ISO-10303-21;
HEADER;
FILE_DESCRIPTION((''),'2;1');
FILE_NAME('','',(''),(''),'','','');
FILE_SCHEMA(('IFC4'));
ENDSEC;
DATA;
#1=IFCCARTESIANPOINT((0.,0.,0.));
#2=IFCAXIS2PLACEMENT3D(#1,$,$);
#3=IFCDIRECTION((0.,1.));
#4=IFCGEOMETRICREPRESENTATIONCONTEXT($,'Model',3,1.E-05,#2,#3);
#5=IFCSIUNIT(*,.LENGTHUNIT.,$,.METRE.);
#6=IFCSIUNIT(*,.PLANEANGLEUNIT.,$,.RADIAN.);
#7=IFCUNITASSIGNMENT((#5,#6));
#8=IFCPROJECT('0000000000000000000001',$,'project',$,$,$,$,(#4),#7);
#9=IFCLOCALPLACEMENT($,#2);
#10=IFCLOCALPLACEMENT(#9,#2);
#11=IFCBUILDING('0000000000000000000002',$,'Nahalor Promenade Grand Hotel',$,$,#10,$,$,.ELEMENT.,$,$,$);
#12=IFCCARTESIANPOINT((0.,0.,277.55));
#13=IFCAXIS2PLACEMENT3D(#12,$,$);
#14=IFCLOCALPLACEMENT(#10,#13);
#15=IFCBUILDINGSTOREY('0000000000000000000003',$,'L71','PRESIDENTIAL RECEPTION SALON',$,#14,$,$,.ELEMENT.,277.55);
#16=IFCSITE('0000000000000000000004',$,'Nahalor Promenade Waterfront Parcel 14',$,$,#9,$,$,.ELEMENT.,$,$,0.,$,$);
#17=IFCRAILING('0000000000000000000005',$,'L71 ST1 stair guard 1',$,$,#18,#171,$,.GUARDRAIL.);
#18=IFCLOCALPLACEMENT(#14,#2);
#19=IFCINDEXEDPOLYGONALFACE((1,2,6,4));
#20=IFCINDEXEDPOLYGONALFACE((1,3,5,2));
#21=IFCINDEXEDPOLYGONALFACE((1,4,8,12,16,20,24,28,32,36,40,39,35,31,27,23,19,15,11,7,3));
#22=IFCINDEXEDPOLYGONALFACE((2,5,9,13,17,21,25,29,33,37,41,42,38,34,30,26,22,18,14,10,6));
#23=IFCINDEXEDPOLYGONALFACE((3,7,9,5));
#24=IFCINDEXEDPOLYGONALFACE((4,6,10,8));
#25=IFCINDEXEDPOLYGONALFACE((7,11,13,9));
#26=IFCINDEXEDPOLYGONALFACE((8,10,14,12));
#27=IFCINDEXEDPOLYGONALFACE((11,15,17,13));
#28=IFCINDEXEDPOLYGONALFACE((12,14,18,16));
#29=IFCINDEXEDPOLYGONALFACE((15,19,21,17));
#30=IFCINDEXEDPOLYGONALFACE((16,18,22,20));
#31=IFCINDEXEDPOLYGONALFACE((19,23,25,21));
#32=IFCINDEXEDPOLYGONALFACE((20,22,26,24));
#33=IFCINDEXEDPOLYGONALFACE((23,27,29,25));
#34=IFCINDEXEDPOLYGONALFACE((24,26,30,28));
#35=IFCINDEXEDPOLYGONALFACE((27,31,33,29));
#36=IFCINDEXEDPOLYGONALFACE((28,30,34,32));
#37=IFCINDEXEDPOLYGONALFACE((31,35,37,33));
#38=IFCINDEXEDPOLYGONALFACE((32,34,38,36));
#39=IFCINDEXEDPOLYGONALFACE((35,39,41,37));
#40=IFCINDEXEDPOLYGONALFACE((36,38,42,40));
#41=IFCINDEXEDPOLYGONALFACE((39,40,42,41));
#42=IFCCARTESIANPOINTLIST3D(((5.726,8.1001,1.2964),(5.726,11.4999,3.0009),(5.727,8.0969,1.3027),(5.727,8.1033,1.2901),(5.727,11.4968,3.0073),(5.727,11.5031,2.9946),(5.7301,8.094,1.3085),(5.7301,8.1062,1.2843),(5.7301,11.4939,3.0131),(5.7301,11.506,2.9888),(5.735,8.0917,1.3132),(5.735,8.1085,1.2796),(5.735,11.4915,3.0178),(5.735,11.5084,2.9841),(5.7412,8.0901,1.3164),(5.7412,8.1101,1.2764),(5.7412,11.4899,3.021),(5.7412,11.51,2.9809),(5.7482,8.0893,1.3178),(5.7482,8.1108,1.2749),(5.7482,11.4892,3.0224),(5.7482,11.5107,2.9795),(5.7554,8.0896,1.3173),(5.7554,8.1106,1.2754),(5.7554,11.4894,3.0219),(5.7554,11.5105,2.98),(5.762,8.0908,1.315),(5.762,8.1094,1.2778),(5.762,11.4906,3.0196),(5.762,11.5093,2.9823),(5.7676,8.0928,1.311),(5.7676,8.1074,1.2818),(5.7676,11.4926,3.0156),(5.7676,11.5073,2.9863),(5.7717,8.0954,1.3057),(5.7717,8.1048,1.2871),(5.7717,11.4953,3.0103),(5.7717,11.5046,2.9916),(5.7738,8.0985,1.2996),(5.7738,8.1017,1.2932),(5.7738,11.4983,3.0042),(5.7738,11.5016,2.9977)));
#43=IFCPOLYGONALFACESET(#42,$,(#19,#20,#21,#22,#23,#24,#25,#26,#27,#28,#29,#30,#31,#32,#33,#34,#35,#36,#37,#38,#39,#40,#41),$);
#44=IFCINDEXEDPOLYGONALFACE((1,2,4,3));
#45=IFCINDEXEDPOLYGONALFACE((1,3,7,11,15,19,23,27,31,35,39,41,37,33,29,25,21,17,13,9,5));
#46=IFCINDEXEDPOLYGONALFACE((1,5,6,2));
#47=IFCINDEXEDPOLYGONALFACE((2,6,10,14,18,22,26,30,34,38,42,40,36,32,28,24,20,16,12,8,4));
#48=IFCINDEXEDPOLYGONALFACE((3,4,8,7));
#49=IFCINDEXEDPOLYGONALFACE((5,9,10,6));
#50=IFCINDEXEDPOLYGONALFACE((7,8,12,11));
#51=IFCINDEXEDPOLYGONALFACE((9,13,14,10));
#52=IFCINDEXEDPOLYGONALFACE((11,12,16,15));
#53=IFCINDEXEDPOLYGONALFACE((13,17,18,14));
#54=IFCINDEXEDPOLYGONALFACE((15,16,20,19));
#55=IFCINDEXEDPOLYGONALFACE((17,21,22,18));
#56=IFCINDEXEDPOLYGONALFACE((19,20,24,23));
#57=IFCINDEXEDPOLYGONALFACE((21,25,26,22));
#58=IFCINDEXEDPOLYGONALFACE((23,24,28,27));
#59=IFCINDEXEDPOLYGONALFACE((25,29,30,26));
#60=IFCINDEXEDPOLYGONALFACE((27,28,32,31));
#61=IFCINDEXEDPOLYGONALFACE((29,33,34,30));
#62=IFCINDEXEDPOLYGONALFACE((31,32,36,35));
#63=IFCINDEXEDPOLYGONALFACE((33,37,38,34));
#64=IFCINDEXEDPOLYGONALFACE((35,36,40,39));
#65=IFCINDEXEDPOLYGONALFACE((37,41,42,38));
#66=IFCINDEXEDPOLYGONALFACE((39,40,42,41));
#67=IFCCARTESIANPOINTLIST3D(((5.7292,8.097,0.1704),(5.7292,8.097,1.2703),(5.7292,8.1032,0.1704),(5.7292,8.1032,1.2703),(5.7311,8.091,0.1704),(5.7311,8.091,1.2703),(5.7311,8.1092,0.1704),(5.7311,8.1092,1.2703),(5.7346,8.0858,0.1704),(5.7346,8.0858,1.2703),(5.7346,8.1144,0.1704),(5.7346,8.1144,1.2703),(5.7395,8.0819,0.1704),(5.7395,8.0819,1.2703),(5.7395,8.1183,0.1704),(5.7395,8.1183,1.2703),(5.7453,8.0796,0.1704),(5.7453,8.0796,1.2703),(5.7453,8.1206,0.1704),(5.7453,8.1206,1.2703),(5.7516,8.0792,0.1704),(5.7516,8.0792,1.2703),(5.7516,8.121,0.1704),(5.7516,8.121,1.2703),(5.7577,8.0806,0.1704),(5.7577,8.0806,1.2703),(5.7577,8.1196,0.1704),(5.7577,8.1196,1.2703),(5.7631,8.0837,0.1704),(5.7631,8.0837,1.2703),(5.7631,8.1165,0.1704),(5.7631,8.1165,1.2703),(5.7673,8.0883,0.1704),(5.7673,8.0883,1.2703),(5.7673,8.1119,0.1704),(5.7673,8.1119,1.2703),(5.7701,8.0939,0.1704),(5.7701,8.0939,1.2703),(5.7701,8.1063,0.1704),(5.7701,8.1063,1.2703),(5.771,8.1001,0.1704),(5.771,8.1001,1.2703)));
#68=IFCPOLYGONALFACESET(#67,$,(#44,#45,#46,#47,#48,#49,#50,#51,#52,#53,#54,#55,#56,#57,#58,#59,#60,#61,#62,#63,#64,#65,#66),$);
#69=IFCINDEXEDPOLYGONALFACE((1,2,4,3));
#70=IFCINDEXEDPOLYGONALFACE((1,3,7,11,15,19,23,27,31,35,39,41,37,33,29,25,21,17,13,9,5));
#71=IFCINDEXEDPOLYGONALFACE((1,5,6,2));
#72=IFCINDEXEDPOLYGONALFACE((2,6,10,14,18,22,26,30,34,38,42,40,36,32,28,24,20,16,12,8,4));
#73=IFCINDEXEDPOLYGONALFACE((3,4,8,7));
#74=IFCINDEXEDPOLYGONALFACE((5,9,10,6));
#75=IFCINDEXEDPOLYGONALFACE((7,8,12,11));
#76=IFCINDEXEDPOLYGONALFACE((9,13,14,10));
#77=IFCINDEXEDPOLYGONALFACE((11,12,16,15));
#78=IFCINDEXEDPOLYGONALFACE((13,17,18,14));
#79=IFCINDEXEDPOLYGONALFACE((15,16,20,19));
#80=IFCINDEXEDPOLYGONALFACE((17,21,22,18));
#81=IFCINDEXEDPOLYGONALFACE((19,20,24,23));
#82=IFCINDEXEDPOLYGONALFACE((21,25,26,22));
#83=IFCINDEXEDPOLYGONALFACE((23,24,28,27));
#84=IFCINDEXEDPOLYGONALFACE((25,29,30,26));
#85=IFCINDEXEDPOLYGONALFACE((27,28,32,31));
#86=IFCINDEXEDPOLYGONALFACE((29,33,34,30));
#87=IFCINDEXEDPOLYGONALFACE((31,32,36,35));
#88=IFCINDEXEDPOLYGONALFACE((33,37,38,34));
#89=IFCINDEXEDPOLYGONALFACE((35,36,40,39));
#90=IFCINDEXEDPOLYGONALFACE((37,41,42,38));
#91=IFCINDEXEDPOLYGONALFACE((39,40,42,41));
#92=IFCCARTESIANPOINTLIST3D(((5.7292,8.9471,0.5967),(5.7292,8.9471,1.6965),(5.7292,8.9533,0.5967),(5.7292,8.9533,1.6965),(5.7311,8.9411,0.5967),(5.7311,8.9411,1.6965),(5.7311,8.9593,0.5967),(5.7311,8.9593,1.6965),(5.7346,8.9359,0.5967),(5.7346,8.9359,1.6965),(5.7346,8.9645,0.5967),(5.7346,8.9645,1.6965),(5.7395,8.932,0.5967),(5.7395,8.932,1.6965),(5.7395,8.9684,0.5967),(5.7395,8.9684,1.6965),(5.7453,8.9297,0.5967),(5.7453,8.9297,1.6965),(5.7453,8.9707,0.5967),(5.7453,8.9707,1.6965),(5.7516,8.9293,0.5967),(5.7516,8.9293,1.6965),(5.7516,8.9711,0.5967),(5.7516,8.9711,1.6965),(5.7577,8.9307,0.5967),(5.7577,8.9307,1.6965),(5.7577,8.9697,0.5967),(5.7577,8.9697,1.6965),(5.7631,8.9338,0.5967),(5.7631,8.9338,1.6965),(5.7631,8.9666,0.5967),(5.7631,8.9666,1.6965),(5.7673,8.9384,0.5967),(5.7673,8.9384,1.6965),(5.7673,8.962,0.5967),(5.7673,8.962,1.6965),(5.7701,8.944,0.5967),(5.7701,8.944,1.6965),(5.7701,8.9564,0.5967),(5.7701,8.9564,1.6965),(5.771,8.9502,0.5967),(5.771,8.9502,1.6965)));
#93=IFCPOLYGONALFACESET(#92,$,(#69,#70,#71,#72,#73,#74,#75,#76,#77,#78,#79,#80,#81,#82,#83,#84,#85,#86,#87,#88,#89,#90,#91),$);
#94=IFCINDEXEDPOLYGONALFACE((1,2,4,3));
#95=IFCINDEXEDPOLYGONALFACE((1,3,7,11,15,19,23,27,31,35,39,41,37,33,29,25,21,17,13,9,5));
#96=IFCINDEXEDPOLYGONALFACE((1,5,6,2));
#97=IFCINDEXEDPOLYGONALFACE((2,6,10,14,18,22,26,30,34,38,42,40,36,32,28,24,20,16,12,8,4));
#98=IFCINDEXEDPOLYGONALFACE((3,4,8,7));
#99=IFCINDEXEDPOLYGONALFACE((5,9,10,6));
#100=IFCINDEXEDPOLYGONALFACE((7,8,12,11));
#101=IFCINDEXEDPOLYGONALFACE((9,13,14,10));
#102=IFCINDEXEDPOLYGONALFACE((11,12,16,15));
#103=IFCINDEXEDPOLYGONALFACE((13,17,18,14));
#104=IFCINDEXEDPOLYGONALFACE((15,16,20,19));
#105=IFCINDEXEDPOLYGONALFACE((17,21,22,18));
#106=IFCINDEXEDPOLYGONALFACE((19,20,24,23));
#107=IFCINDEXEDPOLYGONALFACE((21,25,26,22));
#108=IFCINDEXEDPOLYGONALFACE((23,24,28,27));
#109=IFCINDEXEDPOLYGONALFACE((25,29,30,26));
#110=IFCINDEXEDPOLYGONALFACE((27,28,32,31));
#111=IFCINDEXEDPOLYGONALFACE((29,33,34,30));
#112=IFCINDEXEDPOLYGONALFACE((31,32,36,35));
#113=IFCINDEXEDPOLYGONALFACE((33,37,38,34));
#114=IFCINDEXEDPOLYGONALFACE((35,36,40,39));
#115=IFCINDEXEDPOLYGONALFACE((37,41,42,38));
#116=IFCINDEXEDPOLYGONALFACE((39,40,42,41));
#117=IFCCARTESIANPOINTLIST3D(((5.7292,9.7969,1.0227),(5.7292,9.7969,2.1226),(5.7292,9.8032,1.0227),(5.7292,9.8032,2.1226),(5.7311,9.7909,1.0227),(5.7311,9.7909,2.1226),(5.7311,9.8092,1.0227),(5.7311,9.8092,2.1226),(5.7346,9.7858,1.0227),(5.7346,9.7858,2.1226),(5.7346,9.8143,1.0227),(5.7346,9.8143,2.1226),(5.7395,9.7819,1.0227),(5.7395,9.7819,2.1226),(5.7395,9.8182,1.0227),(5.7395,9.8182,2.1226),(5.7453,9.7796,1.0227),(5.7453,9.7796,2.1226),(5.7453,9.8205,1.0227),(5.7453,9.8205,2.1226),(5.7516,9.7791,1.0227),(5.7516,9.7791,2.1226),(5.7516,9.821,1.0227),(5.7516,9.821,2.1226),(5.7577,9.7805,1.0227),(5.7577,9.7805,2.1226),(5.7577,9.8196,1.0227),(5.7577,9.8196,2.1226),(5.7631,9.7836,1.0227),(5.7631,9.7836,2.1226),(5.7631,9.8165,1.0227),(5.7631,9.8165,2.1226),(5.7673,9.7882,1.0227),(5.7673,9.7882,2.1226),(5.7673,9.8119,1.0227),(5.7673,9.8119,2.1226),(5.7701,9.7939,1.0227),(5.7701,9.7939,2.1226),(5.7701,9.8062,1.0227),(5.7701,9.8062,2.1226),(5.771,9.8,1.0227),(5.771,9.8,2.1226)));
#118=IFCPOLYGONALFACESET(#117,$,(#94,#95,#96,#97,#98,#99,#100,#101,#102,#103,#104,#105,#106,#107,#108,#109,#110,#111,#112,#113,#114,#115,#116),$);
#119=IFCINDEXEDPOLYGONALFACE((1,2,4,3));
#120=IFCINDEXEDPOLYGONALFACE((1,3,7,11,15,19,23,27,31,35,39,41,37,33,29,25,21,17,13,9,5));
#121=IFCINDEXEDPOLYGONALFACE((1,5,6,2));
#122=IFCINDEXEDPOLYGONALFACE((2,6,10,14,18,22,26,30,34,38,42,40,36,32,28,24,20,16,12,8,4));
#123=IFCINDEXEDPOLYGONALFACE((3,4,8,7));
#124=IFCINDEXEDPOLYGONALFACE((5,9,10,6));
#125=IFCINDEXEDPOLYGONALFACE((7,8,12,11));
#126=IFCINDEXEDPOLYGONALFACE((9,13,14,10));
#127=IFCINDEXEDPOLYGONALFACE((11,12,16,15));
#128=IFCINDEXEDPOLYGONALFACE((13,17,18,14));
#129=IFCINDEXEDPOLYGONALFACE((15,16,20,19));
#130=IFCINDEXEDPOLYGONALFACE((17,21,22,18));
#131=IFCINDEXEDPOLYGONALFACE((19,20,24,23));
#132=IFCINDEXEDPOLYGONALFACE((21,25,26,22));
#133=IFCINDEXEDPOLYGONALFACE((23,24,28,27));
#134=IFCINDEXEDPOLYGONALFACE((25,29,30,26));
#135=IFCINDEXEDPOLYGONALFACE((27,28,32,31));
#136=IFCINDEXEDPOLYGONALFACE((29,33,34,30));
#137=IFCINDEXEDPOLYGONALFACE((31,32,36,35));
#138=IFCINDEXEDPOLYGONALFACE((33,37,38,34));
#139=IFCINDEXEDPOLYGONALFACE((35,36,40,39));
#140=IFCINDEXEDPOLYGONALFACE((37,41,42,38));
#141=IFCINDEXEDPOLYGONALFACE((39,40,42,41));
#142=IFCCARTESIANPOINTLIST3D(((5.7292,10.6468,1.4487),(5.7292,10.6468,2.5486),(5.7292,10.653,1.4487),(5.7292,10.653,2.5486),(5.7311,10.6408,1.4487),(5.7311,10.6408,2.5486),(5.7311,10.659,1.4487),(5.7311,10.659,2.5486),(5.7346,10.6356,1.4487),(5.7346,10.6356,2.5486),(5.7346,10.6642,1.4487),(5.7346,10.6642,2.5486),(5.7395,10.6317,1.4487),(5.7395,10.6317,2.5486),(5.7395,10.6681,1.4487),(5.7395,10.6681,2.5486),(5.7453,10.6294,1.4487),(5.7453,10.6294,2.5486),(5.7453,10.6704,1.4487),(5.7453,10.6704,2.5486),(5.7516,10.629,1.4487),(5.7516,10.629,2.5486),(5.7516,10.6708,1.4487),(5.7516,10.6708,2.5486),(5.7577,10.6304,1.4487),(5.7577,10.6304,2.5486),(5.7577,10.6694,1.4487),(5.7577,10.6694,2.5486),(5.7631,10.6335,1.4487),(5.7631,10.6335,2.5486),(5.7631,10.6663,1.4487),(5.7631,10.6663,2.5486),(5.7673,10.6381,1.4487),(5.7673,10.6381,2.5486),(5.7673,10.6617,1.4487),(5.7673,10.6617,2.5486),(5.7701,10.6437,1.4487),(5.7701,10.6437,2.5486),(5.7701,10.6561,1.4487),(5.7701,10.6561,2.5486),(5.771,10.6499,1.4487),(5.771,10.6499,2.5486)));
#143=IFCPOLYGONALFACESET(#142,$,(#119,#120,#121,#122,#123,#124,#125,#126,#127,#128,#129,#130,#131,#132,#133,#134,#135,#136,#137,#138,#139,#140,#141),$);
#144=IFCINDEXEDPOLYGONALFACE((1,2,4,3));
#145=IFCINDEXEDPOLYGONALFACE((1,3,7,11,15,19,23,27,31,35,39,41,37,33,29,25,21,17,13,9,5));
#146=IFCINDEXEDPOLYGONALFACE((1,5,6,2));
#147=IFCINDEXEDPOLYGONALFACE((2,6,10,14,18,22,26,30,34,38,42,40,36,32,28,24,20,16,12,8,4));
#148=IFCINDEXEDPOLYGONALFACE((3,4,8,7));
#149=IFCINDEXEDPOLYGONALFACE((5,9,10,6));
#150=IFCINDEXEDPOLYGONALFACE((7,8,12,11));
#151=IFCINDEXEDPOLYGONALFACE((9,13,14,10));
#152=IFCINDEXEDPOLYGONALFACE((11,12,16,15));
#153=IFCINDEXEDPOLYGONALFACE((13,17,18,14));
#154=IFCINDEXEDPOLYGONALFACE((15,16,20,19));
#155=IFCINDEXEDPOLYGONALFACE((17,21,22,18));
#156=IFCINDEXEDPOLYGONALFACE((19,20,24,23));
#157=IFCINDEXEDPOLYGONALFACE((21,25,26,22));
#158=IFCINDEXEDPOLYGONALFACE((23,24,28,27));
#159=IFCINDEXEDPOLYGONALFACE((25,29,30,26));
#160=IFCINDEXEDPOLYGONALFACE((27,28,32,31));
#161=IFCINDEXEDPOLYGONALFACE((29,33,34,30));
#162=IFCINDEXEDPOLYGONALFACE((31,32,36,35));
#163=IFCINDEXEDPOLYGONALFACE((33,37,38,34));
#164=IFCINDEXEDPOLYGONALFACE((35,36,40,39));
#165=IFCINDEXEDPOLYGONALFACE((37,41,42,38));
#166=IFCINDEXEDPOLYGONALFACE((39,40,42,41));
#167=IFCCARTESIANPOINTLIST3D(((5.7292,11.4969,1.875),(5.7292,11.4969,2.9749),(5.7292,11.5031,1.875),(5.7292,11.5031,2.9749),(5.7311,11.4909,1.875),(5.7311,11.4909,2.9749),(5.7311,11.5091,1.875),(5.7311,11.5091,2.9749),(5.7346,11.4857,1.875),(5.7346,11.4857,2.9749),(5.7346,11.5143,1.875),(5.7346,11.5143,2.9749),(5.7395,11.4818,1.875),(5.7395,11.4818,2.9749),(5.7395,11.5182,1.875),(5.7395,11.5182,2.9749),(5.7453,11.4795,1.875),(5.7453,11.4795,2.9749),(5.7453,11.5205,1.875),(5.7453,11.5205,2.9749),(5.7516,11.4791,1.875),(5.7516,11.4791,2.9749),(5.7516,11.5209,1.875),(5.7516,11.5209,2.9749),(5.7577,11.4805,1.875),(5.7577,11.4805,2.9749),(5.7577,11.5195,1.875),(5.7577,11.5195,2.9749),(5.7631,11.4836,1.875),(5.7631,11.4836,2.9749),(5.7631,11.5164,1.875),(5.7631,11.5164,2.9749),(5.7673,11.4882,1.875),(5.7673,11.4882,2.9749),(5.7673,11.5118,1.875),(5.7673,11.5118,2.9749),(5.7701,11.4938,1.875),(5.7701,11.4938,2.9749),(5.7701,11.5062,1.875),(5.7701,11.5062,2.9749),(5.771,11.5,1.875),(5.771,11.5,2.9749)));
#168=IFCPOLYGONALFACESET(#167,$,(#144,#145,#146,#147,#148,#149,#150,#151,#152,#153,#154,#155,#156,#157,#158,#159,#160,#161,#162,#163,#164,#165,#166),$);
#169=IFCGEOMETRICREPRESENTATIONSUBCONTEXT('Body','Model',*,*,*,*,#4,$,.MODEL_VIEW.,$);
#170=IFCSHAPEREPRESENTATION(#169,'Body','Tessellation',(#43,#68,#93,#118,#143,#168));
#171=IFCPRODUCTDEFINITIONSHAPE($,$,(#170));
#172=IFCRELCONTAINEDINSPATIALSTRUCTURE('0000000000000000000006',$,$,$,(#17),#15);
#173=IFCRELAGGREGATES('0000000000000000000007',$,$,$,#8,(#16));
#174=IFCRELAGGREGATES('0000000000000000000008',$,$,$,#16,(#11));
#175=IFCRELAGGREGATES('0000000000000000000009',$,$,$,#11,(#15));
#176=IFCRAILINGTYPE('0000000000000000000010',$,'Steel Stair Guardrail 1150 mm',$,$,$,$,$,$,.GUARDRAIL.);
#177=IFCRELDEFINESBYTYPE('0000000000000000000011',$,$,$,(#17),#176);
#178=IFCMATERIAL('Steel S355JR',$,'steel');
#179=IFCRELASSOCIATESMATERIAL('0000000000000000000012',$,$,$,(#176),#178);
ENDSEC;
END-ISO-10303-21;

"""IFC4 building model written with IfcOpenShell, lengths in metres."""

from ifc_helpers import new_model, si_unit, direction, frame, origin, origin_2d, place, context, subcontext, project, spatial, circle, extrude, material, type_object, element, save


model = new_model("IFC4")

# Units and contexts
model_context = context("Model", 3, precision=1e-05, world=origin(), true_north=direction((0.0, 1.0)))
body_context = subcontext(model_context, "Body", "Model", "MODEL_VIEW")
ifc_project = project(units=[si_unit("LENGTHUNIT", "METRE"), si_unit("PLANEANGLEUNIT", "RADIAN")], contexts=[model_context])

# Site, building, storey
site_placement = place(None, origin())
site = spatial("IfcSite", under=ifc_project, at=site_placement, Name="Nahalor Promenade Waterfront Parcel 14", CompositionType="ELEMENT", RefElevation=0.0)
building_placement = place(site_placement, origin())
building = spatial("IfcBuilding", under=site, at=building_placement, Name="Nahalor Promenade Grand Hotel", CompositionType="ELEMENT")
storey_placement = place(building_placement, frame((0.0, 0.0, 277.55)))
storey = spatial("IfcBuildingStorey", under=building, at=storey_placement, Name="L71", Description="PRESIDENTIAL RECEPTION SALON", CompositionType="ELEMENT", Elevation=277.55)

# Shared definitions
ifc_material_1 = material(Name="Steel S355JR", Category="steel")

# Railing
railing_type_1 = type_object("IfcRailingType", Name="Steel Stair Guardrail 1150 mm", PredefinedType="GUARDRAIL", material=ifc_material_1)
railing_1_placement = place(storey_placement, frame((5.75, 8.1001, 0.1704)))
element("IfcRailing", 1, at=railing_1_placement, inside=storey, type_object=railing_type_1, Name="L71 ST1 stair guard 1", PredefinedType="GUARDRAIL", context=body_context, shape_type="SweptSolid", body=[
    extrude(circle(Radius=0.024, at=origin_2d()), frame((0.0, 0.0, 1.126), z_axis=(0.0, 0.893939, 0.448189), x_axis=(-1.0, 0.0, 0.0)), (0.0, 0.0, 1.0), 3.8032),
    extrude(circle(Radius=0.021, at=origin_2d()), origin(), (0.0, 0.0, 1.0), 1.0999),
    extrude(circle(Radius=0.021, at=origin_2d()), frame((0.0, 0.8501, 0.4263)), (0.0, 0.0, 1.0), 1.0999),
    extrude(circle(Radius=0.021, at=origin_2d()), frame((0.0, 1.7, 0.8523)), (0.0, 0.0, 1.0), 1.0999),
    extrude(circle(Radius=0.021, at=origin_2d()), frame((0.0, 2.5498, 1.2783)), (0.0, 0.0, 1.0), 1.0999),
    extrude(circle(Radius=0.021, at=origin_2d()), frame((0.0, 3.3999, 1.7046)), (0.0, 0.0, 1.0), 1.0999),
])

save(model, "model.ifc")
